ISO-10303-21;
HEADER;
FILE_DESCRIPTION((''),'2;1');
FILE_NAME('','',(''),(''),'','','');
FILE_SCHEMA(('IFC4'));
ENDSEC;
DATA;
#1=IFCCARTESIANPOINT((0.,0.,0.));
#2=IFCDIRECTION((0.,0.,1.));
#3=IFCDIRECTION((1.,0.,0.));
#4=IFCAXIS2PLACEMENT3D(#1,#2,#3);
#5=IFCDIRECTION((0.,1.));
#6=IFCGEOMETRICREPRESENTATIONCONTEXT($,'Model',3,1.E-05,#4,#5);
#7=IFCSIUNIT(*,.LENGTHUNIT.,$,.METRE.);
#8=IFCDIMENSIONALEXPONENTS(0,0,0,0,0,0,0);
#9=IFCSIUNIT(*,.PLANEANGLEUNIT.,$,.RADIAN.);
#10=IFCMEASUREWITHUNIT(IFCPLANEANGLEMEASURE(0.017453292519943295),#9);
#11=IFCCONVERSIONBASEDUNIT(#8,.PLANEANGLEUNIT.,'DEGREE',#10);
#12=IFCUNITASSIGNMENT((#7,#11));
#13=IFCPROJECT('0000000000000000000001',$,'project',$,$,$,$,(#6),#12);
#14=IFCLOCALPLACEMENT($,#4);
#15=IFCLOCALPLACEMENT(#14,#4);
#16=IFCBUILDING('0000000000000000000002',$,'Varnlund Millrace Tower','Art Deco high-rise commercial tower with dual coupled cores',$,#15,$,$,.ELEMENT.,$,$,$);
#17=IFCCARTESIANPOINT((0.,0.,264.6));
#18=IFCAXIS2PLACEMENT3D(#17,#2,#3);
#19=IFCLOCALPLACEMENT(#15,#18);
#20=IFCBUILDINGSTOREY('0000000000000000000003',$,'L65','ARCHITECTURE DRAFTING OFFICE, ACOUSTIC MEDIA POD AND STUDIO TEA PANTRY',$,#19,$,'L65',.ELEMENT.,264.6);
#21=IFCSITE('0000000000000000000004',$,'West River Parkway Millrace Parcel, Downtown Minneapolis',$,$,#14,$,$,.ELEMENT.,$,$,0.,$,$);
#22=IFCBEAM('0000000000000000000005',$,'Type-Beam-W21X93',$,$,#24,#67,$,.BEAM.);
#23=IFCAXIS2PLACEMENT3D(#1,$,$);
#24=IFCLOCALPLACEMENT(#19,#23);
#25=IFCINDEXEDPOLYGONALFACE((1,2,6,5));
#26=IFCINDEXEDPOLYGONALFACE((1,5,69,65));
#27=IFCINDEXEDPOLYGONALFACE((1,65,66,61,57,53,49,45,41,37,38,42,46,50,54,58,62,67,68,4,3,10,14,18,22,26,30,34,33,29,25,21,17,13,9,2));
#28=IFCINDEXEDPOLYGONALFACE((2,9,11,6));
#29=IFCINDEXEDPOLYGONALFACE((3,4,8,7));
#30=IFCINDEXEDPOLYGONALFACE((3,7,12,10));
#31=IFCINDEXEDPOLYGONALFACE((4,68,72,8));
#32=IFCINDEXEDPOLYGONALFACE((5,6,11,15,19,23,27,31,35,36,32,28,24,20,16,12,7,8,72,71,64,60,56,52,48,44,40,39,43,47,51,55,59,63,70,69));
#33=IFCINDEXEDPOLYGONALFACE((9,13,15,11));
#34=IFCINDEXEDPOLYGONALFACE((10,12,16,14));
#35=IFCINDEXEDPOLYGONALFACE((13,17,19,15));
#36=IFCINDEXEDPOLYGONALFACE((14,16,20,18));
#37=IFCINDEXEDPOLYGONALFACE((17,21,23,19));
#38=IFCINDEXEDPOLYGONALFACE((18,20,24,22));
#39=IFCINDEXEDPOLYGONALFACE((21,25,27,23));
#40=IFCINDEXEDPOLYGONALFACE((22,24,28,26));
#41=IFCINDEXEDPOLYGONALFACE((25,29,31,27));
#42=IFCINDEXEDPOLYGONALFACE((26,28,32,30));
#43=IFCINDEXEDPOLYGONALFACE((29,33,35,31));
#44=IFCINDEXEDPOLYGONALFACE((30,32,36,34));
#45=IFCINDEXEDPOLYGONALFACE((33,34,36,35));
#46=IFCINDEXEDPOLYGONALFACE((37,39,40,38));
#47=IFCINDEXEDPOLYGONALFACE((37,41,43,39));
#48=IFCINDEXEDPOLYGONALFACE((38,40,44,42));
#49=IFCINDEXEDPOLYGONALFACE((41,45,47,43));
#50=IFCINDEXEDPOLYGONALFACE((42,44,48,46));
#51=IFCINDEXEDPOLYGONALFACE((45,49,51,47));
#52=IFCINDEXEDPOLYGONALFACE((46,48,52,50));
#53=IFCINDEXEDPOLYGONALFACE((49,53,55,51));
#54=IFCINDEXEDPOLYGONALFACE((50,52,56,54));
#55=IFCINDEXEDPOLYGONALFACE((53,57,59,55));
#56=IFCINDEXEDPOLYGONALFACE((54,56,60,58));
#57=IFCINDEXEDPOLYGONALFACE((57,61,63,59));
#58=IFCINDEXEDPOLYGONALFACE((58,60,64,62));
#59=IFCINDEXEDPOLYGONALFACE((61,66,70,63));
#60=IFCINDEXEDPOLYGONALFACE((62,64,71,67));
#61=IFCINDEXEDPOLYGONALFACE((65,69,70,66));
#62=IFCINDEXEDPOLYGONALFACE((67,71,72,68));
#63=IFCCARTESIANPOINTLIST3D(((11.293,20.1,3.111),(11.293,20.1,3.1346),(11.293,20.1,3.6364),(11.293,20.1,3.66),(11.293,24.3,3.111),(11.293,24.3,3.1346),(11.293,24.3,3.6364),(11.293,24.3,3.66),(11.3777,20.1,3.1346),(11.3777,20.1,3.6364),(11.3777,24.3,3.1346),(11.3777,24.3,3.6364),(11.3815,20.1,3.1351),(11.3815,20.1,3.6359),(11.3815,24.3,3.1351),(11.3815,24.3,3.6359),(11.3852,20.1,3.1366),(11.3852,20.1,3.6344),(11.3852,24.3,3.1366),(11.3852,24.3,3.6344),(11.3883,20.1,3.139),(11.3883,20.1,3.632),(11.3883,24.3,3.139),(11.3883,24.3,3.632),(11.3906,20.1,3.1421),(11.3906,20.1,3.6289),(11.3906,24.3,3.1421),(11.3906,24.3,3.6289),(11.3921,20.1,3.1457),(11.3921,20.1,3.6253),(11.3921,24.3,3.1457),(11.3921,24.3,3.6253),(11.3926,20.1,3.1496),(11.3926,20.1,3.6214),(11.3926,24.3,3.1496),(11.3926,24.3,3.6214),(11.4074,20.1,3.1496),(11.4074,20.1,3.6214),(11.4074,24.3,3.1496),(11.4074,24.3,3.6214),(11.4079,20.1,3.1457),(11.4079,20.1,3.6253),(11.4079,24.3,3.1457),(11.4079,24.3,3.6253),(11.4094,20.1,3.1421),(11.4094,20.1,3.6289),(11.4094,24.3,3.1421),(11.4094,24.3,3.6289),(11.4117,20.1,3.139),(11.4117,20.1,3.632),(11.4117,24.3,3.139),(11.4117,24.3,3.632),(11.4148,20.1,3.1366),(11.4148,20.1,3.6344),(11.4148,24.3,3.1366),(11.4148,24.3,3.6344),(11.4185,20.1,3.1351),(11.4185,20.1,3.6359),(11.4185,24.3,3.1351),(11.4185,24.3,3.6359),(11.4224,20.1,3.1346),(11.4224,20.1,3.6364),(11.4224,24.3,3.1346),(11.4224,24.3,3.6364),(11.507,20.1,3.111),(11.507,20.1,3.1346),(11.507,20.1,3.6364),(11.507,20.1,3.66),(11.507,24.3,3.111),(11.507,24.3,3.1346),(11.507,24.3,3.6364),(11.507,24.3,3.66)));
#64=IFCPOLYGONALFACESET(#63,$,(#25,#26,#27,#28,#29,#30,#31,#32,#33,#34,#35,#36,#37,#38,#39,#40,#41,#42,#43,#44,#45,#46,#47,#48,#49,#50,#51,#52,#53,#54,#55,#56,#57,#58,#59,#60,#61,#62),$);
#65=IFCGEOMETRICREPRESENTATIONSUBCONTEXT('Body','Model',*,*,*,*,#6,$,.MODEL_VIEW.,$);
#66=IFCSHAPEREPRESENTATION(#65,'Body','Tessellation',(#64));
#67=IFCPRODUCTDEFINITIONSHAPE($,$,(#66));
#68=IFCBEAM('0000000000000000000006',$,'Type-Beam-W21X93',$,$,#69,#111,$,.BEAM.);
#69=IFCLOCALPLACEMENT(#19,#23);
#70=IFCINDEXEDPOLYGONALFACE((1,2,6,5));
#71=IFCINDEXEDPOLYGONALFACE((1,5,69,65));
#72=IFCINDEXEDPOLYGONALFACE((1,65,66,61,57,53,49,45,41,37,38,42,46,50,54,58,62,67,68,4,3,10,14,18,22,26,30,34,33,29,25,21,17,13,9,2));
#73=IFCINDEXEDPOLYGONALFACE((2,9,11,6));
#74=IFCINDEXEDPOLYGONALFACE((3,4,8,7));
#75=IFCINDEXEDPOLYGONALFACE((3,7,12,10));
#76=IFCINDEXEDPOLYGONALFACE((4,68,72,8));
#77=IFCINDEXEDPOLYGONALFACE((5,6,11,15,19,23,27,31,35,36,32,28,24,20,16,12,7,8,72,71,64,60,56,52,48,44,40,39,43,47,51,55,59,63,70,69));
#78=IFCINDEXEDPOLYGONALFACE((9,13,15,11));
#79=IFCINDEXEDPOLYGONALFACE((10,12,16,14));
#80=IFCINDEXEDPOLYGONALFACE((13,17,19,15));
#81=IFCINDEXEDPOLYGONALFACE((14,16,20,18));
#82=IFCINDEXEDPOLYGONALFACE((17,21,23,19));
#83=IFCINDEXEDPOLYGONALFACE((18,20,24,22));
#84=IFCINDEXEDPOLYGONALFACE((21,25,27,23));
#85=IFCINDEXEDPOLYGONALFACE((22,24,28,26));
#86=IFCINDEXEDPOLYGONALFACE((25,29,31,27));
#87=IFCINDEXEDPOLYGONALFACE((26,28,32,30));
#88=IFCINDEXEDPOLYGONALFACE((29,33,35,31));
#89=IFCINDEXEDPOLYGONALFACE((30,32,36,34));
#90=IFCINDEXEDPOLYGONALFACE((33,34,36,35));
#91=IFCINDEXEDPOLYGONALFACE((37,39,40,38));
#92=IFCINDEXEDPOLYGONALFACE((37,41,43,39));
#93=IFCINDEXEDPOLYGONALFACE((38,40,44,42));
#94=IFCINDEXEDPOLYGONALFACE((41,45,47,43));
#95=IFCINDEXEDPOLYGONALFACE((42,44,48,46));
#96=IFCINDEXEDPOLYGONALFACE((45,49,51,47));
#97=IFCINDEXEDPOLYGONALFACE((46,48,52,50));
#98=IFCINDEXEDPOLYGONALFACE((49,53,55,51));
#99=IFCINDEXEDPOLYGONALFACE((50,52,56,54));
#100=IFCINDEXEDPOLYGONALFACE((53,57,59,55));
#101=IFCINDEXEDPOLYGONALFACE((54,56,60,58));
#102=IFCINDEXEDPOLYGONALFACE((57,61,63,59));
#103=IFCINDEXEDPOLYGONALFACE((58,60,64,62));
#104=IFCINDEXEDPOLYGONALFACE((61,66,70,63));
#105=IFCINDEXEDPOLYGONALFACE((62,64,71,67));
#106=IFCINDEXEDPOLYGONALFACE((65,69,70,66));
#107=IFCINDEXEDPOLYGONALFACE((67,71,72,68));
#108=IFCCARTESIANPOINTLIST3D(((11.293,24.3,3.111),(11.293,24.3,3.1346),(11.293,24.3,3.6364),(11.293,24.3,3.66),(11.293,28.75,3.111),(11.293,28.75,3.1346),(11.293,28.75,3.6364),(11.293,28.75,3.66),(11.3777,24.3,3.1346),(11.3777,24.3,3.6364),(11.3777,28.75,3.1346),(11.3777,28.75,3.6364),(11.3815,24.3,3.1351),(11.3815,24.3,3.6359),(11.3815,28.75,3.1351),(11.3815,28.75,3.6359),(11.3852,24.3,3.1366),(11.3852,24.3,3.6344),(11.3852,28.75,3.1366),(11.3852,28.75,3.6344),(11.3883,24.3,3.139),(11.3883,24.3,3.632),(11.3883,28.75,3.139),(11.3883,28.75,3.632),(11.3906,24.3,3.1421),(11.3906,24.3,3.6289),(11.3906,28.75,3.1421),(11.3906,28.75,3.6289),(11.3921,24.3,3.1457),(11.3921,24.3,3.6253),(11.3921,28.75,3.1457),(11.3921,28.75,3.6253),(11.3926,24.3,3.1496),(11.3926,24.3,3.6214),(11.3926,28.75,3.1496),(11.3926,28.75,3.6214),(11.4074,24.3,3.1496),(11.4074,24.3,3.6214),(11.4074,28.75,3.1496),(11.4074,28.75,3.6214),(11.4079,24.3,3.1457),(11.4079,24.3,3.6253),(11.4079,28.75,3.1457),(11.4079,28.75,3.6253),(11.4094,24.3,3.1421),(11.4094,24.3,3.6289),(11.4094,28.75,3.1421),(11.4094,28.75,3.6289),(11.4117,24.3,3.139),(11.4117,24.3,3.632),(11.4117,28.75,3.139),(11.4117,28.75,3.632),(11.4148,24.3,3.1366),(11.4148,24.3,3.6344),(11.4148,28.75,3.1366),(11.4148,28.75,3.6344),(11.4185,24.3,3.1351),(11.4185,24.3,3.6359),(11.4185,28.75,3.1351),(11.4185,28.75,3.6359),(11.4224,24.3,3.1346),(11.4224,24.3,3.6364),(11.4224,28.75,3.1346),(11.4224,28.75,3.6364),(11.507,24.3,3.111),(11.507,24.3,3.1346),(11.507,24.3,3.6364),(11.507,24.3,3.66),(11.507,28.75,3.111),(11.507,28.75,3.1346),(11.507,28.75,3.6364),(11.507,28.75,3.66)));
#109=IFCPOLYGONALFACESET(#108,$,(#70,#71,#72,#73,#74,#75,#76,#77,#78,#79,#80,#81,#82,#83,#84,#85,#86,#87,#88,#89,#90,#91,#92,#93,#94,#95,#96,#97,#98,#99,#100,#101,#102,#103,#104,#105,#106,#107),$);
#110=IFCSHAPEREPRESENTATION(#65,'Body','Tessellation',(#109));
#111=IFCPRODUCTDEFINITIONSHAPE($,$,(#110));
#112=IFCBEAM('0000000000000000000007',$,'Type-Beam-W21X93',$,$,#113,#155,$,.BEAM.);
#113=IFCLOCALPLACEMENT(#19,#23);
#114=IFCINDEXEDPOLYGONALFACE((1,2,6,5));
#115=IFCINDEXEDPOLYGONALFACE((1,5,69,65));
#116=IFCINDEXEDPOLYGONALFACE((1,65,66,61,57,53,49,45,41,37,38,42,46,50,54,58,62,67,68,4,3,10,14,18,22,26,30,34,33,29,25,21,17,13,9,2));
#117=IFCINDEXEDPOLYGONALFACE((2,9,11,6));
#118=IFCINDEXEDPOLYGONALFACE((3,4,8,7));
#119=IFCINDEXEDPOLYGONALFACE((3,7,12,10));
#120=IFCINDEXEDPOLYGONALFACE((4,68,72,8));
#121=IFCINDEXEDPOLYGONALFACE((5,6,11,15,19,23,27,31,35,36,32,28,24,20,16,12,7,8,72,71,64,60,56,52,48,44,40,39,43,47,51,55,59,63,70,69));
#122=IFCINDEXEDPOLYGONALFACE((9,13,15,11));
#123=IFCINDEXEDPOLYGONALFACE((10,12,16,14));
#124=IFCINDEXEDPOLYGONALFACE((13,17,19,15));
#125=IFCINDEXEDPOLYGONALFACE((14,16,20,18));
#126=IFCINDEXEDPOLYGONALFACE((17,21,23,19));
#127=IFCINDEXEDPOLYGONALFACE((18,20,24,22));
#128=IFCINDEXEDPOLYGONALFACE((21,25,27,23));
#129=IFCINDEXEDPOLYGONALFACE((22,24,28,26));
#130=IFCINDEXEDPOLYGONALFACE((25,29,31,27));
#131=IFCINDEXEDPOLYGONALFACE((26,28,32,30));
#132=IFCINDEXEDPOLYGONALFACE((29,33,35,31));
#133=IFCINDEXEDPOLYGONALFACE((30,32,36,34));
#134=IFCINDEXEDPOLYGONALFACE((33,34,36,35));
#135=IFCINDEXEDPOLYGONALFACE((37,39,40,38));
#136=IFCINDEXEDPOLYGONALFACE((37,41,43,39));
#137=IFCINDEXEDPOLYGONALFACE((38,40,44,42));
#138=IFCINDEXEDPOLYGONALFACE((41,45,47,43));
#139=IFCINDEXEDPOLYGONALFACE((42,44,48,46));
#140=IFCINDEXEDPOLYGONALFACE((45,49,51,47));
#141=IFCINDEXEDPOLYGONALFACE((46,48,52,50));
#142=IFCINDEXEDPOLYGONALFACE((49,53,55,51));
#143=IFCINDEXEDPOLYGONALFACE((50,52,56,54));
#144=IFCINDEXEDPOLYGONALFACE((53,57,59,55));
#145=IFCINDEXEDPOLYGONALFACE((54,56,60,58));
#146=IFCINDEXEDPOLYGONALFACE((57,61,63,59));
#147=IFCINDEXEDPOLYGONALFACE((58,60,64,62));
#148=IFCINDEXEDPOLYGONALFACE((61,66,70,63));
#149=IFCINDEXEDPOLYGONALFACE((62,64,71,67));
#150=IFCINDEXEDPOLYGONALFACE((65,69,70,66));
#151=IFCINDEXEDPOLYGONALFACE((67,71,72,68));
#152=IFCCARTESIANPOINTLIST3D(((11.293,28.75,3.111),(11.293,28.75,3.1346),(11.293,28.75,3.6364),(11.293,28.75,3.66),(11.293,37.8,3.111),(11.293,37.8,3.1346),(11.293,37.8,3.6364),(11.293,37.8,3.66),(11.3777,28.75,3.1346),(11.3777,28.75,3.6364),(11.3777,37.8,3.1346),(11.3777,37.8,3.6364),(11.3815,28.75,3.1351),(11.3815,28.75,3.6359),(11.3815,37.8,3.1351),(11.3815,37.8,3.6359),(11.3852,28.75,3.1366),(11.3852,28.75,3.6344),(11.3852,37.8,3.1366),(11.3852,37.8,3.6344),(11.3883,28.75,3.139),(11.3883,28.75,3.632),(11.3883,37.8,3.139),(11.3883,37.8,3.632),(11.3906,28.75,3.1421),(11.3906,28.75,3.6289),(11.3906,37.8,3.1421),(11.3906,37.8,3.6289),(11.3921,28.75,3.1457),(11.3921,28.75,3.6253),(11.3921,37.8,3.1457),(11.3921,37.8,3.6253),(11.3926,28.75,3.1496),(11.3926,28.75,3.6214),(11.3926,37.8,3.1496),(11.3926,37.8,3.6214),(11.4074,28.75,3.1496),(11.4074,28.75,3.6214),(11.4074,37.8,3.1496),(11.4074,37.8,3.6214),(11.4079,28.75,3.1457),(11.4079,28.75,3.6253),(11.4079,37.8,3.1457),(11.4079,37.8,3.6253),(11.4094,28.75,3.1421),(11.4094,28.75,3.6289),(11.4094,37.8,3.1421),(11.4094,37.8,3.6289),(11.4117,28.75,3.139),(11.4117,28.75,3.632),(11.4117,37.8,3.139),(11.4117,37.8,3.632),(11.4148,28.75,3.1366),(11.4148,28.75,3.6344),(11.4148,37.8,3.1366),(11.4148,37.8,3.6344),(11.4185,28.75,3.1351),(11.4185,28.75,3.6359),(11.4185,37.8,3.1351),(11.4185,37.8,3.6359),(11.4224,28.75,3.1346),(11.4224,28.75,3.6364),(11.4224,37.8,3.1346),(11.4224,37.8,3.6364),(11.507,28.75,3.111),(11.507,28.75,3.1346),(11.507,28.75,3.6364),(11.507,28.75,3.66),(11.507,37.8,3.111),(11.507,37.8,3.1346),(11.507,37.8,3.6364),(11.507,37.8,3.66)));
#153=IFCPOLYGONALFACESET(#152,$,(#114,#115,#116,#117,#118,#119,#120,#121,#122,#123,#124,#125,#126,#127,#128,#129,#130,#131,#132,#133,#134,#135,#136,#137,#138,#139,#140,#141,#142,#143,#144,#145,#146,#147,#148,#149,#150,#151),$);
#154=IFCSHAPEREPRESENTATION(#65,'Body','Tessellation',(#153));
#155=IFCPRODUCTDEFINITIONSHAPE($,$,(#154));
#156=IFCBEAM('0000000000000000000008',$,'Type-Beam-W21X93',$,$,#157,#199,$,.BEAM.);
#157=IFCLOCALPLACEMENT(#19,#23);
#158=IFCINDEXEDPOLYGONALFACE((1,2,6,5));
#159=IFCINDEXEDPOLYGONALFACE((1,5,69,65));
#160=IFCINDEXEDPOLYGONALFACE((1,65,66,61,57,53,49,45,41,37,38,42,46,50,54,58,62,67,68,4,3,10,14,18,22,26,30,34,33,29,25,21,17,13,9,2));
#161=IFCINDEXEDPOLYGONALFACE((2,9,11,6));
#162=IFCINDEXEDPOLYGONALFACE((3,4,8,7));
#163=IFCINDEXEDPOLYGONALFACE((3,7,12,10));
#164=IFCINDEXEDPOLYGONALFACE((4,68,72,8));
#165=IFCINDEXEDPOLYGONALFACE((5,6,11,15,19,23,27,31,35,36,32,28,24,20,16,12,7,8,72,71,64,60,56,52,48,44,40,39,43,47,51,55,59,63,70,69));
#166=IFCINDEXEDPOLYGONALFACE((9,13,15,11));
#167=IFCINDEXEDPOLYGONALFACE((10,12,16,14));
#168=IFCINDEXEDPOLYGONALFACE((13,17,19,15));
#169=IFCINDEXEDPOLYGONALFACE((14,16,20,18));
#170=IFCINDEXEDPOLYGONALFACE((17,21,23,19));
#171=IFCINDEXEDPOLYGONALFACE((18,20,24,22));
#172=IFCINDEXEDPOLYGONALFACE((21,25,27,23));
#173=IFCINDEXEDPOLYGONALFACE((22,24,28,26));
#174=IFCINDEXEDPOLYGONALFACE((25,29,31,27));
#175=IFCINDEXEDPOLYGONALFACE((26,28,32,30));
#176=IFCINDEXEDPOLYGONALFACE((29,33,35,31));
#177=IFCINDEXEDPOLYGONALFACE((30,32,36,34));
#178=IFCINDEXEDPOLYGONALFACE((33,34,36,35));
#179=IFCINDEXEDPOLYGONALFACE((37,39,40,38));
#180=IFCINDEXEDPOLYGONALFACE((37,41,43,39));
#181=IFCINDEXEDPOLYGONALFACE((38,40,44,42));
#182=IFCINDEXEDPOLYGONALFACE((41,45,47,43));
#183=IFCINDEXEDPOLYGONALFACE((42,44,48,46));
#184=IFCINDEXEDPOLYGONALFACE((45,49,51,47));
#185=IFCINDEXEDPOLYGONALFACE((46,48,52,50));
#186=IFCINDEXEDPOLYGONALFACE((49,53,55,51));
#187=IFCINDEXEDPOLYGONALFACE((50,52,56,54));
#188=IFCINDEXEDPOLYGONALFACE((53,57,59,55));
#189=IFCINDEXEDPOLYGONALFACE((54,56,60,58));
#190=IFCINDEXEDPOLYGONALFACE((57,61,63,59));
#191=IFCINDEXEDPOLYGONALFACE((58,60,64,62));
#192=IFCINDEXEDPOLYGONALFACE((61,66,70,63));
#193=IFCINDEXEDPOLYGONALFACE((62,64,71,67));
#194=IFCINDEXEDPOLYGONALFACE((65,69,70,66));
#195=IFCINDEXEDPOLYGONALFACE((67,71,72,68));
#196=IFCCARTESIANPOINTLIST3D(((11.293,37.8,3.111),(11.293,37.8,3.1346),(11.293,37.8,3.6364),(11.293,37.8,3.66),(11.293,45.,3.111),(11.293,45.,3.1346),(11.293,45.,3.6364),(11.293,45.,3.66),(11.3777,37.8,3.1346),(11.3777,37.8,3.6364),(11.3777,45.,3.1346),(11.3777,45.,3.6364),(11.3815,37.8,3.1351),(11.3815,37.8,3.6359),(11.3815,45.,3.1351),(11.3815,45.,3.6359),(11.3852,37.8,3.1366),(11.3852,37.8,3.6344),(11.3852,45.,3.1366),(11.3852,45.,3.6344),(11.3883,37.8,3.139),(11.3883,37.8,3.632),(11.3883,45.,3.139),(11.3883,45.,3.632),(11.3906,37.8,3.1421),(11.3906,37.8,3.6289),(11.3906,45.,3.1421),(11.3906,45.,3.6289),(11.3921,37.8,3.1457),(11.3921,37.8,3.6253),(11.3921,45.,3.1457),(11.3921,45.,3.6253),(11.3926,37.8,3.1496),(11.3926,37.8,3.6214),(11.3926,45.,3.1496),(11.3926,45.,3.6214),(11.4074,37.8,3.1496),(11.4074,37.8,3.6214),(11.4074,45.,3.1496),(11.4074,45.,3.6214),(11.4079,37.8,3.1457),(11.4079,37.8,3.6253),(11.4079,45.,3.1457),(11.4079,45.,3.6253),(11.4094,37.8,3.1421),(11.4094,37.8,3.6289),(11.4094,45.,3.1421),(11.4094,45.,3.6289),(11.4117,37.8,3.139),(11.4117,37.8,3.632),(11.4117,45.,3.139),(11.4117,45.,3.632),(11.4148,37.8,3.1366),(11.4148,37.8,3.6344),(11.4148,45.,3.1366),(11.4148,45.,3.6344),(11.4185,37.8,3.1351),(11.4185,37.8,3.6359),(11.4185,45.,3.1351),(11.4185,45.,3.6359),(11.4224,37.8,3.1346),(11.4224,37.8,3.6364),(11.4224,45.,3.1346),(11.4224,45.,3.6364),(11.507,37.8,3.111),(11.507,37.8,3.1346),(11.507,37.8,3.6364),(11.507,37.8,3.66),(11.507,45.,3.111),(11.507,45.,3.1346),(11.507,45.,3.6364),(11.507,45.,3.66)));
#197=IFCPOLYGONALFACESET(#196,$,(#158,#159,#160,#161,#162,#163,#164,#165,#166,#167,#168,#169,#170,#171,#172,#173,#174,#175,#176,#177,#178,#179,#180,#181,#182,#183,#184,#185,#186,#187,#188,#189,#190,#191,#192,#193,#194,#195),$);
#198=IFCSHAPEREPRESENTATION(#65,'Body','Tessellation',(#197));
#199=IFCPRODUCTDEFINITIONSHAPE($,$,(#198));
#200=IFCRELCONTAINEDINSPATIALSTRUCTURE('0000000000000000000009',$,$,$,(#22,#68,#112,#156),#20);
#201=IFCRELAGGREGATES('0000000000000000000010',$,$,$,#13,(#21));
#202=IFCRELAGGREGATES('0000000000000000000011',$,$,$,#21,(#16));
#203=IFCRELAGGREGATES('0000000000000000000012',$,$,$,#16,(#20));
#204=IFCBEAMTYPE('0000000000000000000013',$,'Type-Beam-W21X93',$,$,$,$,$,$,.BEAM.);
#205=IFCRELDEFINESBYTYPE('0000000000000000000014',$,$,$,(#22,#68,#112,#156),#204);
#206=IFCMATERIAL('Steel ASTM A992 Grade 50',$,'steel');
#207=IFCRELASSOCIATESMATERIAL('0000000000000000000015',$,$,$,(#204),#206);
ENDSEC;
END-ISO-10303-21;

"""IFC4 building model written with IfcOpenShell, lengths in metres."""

from ifc_helpers import new_model, entity, si_unit, converted_unit, direction, frame, origin_with_axes, origin_2d_with_axis, place, context, subcontext, project, spatial, i_section, extrude, material, material_profile, profile_set, type_object, element, save


model = new_model("IFC4")

# Units and contexts
model_context = context("Model", 3, precision=1e-05, world=origin_with_axes(), true_north=direction((0.0, 1.0)))
body_context = subcontext(model_context, "Body", "Model", "MODEL_VIEW")
ifc_project = project(units=[si_unit("LENGTHUNIT", "METRE"), converted_unit("PLANEANGLEUNIT", "DEGREE", entity("IfcPlaneAngleMeasure", 0.017453292519943295), si_unit("PLANEANGLEUNIT", "RADIAN"), dimensions=[0, 0, 0, 0, 0, 0, 0])], contexts=[model_context])

# Site, building, storey
site_placement = place(None, origin_with_axes())
site = spatial("IfcSite", under=ifc_project, at=site_placement, Name="West River Parkway Millrace Parcel, Downtown Minneapolis", CompositionType="ELEMENT", RefElevation=0.0)
building_placement = place(site_placement, origin_with_axes())
building = spatial("IfcBuilding", under=site, at=building_placement, Name="Varnlund Millrace Tower", Description="Art Deco high-rise commercial tower with dual coupled cores", CompositionType="ELEMENT")
storey_placement = place(building_placement, frame((0.0, 0.0, 264.6), z_axis=(0.0, 0.0, 1.0), x_axis=(1.0, 0.0, 0.0)))
storey = spatial("IfcBuildingStorey", under=building, at=storey_placement, Name="L65", Description="ARCHITECTURE DRAFTING OFFICE, ACOUSTIC MEDIA POD AND STUDIO TEA PANTRY", LongName="L65", CompositionType="ELEMENT", Elevation=264.6)

# Beams
ifc_material_1 = material(Name="Steel ASTM A992 Grade 50", Category="steel")
ifc_material_profile_1 = material_profile(ifc_material_1, i_section(OverallWidth=0.214, OverallDepth=0.549, WebThickness=0.0147, FlangeThickness=0.0236, FilletRadius=0.015, at=origin_2d_with_axis()), Name="Steel ASTM A992 Grade 50")
ifc_profile_set_1 = profile_set([ifc_material_profile_1], Name="Steel ASTM A992 Grade 50")
beam_type_1 = type_object("IfcBeamType", Name="Type-Beam-W21X93", PredefinedType="BEAM", material=ifc_profile_set_1)
beam_1_placement = place(storey_placement, frame((11.4, 20.1, 3.3855), z_axis=(0.0, 1.0, 0.0), x_axis=(-1.0, 0.0, 0.0)))
element("IfcBeam", 1, at=beam_1_placement, inside=storey, type_object=beam_type_1, Name="Type-Beam-W21X93", PredefinedType="BEAM", context=body_context, shape_type="SweptSolid", body=[
    extrude(i_section(OverallWidth=0.214, OverallDepth=0.549, WebThickness=0.0147, FlangeThickness=0.0236, FilletRadius=0.015, at=origin_2d_with_axis()), origin_with_axes(), (0.0, 0.0, 1.0), 4.2),
])
beam_2_placement = place(storey_placement, frame((11.4, 24.3, 3.3855), z_axis=(0.0, 1.0, 0.0), x_axis=(-1.0, 0.0, 0.0)))
element("IfcBeam", 2, at=beam_2_placement, inside=storey, type_object=beam_type_1, Name="Type-Beam-W21X93", PredefinedType="BEAM", context=body_context, shape_type="SweptSolid", body=[
    extrude(i_section(OverallWidth=0.214, OverallDepth=0.549, WebThickness=0.0147, FlangeThickness=0.0236, FilletRadius=0.015, at=origin_2d_with_axis()), origin_with_axes(), (0.0, 0.0, 1.0), 4.45),
])
beam_3_placement = place(storey_placement, frame((11.4, 28.75, 3.3855), z_axis=(0.0, 1.0, 0.0), x_axis=(-1.0, 0.0, 0.0)))
element("IfcBeam", 3, at=beam_3_placement, inside=storey, type_object=beam_type_1, Name="Type-Beam-W21X93", PredefinedType="BEAM", context=body_context, shape_type="SweptSolid", body=[
    extrude(i_section(OverallWidth=0.214, OverallDepth=0.549, WebThickness=0.0147, FlangeThickness=0.0236, FilletRadius=0.015, at=origin_2d_with_axis()), origin_with_axes(), (0.0, 0.0, 1.0), 9.05),
])
beam_4_placement = place(storey_placement, frame((11.4, 37.8, 3.3855), z_axis=(0.0, 1.0, 0.0), x_axis=(-1.0, 0.0, 0.0)))
element("IfcBeam", 4, at=beam_4_placement, inside=storey, type_object=beam_type_1, Name="Type-Beam-W21X93", PredefinedType="BEAM", context=body_context, shape_type="SweptSolid", body=[
    extrude(i_section(OverallWidth=0.214, OverallDepth=0.549, WebThickness=0.0147, FlangeThickness=0.0236, FilletRadius=0.015, at=origin_2d_with_axis()), origin_with_axes(), (0.0, 0.0, 1.0), 7.2),
])

save(model, "model.ifc")
